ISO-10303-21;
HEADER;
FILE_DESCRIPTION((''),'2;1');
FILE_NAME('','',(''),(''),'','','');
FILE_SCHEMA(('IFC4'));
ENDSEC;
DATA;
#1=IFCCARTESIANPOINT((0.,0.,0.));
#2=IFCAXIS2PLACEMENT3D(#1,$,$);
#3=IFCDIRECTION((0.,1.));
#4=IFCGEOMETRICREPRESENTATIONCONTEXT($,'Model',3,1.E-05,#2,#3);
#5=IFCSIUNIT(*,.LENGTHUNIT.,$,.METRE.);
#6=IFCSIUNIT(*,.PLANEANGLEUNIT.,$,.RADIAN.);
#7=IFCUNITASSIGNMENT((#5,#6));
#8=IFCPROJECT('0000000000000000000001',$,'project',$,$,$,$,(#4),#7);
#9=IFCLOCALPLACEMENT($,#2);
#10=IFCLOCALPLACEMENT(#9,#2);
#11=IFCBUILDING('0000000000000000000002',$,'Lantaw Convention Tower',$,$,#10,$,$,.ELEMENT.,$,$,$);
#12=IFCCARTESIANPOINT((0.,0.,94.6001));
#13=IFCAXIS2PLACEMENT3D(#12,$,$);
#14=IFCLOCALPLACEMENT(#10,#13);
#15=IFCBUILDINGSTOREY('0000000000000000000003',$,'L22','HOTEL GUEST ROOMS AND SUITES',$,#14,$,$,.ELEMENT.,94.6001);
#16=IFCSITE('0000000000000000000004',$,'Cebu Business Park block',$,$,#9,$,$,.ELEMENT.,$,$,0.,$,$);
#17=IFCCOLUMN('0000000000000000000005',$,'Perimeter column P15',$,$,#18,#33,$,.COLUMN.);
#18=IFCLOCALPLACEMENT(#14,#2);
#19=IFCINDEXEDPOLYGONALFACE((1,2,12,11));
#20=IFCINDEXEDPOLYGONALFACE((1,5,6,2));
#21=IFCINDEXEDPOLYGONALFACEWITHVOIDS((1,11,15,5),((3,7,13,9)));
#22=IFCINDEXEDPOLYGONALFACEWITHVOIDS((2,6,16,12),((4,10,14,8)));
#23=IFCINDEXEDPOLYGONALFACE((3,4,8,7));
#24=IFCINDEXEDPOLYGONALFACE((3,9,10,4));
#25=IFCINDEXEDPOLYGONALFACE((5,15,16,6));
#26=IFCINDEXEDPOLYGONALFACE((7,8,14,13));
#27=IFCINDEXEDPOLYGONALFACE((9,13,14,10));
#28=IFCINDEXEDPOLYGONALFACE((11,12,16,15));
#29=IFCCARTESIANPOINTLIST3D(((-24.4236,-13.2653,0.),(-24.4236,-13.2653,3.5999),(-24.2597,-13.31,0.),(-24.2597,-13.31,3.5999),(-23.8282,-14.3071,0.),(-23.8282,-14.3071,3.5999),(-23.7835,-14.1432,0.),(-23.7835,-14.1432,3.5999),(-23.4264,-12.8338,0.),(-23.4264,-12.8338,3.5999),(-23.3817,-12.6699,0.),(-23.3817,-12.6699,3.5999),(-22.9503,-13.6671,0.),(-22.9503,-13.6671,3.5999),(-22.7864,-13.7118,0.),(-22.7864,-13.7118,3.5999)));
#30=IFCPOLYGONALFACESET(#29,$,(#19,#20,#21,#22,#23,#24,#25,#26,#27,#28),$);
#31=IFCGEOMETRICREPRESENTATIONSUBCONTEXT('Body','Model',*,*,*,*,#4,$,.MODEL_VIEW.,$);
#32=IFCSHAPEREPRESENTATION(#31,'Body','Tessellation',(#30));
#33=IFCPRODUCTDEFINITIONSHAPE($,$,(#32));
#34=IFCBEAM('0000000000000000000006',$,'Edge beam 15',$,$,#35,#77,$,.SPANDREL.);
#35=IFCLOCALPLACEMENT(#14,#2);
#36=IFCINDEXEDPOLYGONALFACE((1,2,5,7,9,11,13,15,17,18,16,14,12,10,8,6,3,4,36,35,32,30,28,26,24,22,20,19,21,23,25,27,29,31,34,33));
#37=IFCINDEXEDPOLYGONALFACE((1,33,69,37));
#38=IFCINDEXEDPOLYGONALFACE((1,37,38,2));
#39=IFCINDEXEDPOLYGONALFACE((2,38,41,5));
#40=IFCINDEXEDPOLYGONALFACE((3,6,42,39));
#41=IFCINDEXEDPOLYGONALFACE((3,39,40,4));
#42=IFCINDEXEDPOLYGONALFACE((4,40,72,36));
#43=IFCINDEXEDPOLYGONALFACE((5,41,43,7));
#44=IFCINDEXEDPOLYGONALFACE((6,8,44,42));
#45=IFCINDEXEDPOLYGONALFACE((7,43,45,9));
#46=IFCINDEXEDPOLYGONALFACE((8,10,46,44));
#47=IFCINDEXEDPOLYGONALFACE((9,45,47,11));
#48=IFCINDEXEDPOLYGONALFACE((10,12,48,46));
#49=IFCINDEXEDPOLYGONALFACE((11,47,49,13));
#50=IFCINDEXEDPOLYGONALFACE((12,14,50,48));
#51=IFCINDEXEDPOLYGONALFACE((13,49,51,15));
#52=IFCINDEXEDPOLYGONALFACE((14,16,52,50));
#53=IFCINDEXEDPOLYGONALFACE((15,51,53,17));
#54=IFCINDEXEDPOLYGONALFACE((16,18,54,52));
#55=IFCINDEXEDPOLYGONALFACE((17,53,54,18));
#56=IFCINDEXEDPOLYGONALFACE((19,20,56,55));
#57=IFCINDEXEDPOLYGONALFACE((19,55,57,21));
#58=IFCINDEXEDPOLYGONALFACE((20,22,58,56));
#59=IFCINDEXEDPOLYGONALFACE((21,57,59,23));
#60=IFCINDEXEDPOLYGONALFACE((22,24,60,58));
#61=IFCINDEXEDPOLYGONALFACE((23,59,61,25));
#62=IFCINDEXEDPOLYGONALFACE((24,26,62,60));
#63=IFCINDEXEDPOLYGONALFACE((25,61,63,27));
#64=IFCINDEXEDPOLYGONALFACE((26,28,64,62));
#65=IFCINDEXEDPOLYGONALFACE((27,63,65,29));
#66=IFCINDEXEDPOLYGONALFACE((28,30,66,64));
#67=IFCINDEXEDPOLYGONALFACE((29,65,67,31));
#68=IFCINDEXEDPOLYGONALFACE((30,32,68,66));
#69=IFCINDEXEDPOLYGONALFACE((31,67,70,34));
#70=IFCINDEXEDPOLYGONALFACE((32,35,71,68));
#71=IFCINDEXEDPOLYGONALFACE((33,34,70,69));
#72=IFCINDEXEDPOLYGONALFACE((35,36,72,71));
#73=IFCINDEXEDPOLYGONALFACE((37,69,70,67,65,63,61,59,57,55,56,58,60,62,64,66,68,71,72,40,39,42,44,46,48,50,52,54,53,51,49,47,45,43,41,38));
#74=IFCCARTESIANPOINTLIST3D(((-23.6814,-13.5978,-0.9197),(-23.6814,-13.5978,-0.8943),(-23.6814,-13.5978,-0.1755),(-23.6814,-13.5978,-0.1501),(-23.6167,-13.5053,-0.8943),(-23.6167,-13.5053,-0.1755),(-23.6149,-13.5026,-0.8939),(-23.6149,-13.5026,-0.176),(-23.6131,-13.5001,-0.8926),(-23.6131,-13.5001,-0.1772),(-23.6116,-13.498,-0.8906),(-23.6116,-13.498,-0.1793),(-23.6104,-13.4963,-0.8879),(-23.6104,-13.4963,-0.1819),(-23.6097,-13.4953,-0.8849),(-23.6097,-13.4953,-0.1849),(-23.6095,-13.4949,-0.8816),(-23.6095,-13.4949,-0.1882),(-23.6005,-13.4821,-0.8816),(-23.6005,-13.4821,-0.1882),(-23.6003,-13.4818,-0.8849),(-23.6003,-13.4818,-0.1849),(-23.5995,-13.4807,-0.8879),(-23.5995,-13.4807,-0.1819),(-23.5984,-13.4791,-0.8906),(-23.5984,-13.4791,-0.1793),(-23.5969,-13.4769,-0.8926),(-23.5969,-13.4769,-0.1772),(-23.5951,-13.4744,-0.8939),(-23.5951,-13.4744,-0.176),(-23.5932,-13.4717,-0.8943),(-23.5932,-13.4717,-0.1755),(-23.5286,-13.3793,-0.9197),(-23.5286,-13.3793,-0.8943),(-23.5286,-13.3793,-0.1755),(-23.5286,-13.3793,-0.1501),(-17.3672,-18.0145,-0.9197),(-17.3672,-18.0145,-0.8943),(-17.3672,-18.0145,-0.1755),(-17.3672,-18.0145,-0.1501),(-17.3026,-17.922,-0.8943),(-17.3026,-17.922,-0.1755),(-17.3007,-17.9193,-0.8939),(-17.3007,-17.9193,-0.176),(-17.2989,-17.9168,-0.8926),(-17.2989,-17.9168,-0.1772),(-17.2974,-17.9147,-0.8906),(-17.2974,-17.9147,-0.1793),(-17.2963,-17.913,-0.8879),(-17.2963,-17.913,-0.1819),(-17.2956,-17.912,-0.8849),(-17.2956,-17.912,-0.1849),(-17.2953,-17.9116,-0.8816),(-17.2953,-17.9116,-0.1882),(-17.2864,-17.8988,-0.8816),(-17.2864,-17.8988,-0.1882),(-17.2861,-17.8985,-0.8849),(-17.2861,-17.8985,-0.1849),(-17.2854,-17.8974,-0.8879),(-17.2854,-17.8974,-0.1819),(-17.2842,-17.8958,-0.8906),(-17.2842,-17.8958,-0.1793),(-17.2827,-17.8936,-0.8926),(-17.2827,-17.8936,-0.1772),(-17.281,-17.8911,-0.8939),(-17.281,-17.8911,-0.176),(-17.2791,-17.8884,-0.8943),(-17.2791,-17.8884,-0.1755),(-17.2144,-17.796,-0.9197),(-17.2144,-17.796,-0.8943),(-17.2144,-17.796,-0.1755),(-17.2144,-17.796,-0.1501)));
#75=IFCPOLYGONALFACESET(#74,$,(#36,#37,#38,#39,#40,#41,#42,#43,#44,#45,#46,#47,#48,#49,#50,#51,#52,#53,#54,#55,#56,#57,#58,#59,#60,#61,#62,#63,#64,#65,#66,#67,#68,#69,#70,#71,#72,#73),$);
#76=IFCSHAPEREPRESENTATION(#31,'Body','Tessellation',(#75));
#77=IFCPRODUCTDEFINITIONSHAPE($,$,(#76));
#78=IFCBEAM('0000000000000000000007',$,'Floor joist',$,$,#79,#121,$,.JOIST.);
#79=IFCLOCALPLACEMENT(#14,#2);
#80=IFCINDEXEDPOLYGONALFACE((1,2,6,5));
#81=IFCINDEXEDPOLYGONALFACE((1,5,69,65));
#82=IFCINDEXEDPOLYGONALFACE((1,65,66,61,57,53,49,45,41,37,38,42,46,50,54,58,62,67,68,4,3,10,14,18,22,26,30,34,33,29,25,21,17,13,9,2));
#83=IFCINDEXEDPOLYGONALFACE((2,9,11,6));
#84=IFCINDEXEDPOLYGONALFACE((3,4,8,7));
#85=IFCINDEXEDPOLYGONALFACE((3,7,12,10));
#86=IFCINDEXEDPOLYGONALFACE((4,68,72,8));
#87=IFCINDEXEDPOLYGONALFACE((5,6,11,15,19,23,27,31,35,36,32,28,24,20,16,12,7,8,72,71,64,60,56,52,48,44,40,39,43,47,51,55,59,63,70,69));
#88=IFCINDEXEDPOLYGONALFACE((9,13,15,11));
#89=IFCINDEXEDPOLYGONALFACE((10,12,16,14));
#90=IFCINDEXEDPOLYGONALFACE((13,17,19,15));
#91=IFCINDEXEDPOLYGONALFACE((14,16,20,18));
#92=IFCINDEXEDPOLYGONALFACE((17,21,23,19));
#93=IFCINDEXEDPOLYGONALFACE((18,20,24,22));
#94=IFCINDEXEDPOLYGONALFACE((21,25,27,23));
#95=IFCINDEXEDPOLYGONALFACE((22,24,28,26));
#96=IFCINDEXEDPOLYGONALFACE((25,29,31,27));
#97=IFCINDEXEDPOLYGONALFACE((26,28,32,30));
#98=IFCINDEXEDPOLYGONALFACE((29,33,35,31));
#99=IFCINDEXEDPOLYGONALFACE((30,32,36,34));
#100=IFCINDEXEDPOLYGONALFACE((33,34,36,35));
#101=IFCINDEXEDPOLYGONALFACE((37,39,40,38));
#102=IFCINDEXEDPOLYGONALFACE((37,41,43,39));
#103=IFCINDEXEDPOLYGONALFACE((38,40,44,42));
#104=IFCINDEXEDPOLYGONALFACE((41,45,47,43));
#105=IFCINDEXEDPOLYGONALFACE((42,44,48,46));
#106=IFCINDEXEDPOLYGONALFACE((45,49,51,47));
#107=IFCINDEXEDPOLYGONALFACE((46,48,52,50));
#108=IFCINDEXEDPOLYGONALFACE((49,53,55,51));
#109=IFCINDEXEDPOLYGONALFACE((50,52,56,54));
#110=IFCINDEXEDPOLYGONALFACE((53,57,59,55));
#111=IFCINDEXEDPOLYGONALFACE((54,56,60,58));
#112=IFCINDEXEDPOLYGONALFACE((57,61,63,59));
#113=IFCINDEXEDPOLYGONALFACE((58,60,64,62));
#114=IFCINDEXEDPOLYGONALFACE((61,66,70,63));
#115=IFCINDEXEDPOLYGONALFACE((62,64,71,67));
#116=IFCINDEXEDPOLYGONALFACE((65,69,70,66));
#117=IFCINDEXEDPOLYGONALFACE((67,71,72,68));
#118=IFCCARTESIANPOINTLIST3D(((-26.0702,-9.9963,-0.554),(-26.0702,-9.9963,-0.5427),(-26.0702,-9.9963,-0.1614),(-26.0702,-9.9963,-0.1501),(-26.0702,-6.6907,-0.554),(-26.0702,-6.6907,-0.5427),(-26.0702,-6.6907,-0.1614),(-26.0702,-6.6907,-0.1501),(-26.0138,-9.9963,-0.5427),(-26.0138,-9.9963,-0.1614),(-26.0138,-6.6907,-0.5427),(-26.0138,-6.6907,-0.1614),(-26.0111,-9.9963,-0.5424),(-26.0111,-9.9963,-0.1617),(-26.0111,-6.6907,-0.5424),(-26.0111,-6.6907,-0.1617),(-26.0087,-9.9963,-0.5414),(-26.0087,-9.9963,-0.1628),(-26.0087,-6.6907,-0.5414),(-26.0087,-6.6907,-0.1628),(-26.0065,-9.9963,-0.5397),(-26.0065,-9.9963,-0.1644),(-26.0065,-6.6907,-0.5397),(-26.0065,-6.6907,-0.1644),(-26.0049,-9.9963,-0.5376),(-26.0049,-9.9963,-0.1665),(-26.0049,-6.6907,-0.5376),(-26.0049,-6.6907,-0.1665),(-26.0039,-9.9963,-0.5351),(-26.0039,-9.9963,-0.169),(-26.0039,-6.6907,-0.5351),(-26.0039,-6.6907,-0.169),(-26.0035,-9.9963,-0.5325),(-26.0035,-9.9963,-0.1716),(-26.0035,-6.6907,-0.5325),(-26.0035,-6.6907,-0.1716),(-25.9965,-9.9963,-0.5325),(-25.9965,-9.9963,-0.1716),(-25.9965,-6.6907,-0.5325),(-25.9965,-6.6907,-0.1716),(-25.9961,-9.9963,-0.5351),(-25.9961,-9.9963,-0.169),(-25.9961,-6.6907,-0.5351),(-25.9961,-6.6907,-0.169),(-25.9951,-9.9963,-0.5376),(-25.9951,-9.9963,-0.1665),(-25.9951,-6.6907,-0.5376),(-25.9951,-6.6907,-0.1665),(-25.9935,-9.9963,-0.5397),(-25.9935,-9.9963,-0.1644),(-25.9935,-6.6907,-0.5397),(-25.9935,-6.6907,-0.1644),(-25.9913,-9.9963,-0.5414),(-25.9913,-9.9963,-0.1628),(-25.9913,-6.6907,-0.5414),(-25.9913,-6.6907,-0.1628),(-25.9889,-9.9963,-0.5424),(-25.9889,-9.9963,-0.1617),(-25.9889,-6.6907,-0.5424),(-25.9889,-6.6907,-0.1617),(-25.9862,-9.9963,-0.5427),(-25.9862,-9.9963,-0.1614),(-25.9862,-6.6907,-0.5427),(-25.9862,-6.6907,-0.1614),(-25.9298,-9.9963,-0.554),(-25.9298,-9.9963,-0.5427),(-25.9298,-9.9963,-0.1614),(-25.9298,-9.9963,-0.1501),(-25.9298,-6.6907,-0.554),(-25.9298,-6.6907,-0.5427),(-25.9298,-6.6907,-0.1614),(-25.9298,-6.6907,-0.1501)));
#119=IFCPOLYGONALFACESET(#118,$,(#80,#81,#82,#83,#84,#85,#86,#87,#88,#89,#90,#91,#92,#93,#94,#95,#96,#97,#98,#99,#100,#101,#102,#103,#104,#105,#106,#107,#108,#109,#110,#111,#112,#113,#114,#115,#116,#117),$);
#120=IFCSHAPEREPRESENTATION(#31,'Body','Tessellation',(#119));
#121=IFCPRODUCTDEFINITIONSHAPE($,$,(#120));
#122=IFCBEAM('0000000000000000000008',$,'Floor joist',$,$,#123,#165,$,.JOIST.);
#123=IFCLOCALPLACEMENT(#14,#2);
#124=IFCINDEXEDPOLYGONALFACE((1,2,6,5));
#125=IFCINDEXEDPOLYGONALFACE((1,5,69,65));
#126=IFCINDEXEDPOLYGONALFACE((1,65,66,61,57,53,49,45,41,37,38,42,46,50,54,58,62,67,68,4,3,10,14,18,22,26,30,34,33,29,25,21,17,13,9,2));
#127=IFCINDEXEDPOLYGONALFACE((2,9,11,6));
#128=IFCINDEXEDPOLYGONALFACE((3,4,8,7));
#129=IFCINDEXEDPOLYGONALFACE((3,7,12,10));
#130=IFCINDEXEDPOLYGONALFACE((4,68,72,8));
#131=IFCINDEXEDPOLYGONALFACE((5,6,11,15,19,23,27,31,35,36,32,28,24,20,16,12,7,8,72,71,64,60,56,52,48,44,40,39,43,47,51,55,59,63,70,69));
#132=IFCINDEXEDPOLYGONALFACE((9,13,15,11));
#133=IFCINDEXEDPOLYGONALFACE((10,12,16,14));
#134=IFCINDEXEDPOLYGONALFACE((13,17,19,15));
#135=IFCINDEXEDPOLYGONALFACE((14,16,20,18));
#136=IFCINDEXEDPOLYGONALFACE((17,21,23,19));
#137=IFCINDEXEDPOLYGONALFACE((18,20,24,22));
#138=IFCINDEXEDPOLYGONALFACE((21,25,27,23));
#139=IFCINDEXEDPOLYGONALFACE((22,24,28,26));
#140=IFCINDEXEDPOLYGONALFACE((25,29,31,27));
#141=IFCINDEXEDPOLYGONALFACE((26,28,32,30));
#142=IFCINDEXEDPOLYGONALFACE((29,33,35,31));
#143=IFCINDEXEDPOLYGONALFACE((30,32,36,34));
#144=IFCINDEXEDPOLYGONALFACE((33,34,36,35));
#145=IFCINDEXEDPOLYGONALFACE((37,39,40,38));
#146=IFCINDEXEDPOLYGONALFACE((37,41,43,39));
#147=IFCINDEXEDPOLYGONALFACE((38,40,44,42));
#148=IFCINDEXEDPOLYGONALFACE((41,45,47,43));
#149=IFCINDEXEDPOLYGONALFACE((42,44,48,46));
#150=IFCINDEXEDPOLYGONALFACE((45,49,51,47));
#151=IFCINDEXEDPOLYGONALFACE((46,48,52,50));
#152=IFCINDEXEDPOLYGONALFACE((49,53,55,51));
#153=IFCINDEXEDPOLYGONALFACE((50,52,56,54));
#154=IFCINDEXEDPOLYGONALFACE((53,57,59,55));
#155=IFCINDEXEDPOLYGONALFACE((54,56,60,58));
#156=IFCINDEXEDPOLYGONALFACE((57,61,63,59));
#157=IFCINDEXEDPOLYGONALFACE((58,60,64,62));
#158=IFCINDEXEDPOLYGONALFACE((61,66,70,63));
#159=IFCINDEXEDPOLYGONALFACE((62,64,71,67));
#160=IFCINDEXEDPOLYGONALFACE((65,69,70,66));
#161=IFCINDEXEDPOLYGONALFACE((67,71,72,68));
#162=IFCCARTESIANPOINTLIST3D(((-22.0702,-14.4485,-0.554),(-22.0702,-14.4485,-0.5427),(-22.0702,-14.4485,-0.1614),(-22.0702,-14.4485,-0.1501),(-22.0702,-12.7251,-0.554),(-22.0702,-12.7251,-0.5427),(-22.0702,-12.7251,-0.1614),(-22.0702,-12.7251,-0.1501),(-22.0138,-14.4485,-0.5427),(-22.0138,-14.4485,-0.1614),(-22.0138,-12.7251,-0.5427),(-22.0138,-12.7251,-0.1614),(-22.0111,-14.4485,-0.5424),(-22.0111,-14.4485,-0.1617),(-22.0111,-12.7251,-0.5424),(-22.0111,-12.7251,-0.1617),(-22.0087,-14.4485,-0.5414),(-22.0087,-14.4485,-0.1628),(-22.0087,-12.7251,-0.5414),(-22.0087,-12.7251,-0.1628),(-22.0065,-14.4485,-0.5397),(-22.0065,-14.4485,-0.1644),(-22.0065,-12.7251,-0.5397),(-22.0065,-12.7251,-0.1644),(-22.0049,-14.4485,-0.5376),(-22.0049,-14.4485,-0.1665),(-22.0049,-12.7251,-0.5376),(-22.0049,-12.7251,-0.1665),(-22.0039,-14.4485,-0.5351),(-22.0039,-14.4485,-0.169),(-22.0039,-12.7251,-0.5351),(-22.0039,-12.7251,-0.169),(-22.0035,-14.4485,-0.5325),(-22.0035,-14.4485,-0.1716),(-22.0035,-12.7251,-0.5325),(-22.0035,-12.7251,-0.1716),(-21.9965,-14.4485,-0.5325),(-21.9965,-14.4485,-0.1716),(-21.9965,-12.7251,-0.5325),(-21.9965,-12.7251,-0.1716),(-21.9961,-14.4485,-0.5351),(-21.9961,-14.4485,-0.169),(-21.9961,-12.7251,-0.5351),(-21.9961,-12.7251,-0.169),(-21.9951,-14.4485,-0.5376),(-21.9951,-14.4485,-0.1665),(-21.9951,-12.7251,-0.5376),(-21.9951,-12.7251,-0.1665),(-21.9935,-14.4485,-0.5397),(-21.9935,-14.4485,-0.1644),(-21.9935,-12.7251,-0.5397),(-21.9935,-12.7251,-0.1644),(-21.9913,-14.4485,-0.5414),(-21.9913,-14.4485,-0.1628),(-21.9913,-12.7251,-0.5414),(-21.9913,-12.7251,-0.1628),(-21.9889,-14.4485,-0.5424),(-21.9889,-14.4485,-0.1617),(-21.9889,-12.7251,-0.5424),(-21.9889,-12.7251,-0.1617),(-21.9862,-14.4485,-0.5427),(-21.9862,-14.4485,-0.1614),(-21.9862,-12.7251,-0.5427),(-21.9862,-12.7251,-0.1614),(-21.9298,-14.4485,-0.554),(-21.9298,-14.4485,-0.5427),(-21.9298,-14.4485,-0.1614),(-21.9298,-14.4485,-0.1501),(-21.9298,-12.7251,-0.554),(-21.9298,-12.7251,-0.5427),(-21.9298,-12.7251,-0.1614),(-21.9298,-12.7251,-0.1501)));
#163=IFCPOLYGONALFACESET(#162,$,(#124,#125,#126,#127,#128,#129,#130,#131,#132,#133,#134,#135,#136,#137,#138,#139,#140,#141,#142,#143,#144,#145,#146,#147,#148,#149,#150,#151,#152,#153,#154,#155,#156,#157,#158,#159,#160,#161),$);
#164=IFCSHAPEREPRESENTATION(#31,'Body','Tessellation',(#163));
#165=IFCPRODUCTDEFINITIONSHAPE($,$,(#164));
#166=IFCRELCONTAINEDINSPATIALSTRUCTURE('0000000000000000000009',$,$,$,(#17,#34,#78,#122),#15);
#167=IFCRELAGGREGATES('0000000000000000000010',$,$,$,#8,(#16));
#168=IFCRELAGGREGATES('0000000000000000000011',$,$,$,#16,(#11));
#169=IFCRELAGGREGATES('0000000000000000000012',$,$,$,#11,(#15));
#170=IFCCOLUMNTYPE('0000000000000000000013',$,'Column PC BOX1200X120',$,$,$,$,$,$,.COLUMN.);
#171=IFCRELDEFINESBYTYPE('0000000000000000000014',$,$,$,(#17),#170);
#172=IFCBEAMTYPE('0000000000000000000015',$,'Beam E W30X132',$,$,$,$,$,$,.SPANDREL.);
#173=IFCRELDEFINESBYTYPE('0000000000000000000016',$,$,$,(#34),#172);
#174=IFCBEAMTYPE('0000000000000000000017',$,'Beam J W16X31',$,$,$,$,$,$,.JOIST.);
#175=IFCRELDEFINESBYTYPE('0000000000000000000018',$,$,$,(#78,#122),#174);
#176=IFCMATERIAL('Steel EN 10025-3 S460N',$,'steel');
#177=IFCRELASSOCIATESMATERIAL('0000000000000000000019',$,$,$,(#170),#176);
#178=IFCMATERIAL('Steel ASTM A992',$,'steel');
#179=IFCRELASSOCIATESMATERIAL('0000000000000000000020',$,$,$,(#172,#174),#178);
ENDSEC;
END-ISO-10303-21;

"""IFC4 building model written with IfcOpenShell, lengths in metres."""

from ifc_helpers import new_model, si_unit, direction, frame, origin, origin_2d, place, context, subcontext, project, spatial, rectangle, hollow_rectangle, i_section, extrude, material, material_profile, profile_set, type_object, element, save


model = new_model("IFC4")

# Units and contexts
model_context = context("Model", 3, precision=1e-05, world=origin(), true_north=direction((0.0, 1.0)))
body_context = subcontext(model_context, "Body", "Model", "MODEL_VIEW")
ifc_project = project(units=[si_unit("LENGTHUNIT", "METRE"), si_unit("PLANEANGLEUNIT", "RADIAN")], contexts=[model_context])

# Site, building, storey
site_placement = place(None, origin())
site = spatial("IfcSite", under=ifc_project, at=site_placement, Name="Cebu Business Park block", CompositionType="ELEMENT", RefElevation=0.0)
building_placement = place(site_placement, origin())
building = spatial("IfcBuilding", under=site, at=building_placement, Name="Lantaw Convention Tower", CompositionType="ELEMENT")
storey_placement = place(building_placement, frame((0.0, 0.0, 94.6001)))
storey = spatial("IfcBuildingStorey", under=building, at=storey_placement, Name="L22", Description="HOTEL GUEST ROOMS AND SUITES", CompositionType="ELEMENT", Elevation=94.6001)

# Column
ifc_material_1 = material(Name="Steel EN 10025-3 S460N", Category="steel")
ifc_material_profile_1 = material_profile(ifc_material_1, hollow_rectangle(XDim=1.2, YDim=1.2, WallThickness=0.1201, at=origin_2d()), Name="BOX1200X120")
ifc_material_2 = material(Name="Concrete C60/75", Category="concrete")
ifc_material_profile_2 = material_profile(ifc_material_2, rectangle(XDim=0.96, YDim=0.96, at=origin_2d()), Name="Concrete fill of BOX1200X120")
ifc_profile_set_1 = profile_set([ifc_material_profile_1, ifc_material_profile_2], Name="Steel EN 10025-3 S460N")
column_type = type_object("IfcColumnType", Name="Column PC BOX1200X120", PredefinedType="COLUMN", material=ifc_profile_set_1)
column_placement = place(storey_placement, frame((-23.605, -13.4885, 0.0), z_axis=(0.0, 0.0, 1.0), x_axis=(0.868243, 0.496139, 0.0)))
element("IfcColumn", 1, at=column_placement, inside=storey, type_object=column_type, Name="Perimeter column P15", PredefinedType="COLUMN", context=body_context, shape_type="SweptSolid", body=[
    extrude(hollow_rectangle(XDim=1.2, YDim=1.2, WallThickness=0.1201, at=origin_2d()), origin(), (0.0, 0.0, 1.0), 3.5999),
])

# Beams
ifc_material_3 = material(Name="Steel ASTM A992", Category="steel")
ifc_material_profile_3 = material_profile(ifc_material_3, i_section(OverallWidth=0.2666, OverallDepth=0.7695, WebThickness=0.0156, FlangeThickness=0.0254, FilletRadius=0.0127, at=origin_2d()), Name="W30X132")
ifc_profile_set_2 = profile_set([ifc_material_profile_3], Name="Steel ASTM A992")
beam_type_1 = type_object("IfcBeamType", Name="Beam E W30X132", PredefinedType="SPANDREL", material=ifc_profile_set_2)
beam_1_placement = place(storey_placement, frame((-23.605, -13.4885, -0.5349), z_axis=(0.819427, -0.573184, 0.0), x_axis=(0.573184, 0.819427, 0.0)))
element("IfcBeam", 2, at=beam_1_placement, inside=storey, type_object=beam_type_1, Name="Edge beam 15", PredefinedType="SPANDREL", context=body_context, shape_type="SweptSolid", body=[
    extrude(i_section(OverallWidth=0.2666, OverallDepth=0.7695, WebThickness=0.0156, FlangeThickness=0.0254, FilletRadius=0.0127, at=origin_2d()), origin(), (0.0, 0.0, 1.0), 7.7056),
])
ifc_material_profile_4 = material_profile(ifc_material_3, i_section(OverallWidth=0.1404, OverallDepth=0.4038, WebThickness=0.0071, FlangeThickness=0.0112, FilletRadius=0.0103, at=origin_2d()), Name="W16X31")
ifc_profile_set_3 = profile_set([ifc_material_profile_4], Name="Steel ASTM A992")
beam_type_2 = type_object("IfcBeamType", Name="Beam J W16X31", PredefinedType="JOIST", material=ifc_profile_set_3)
beam_2_placement = place(storey_placement, frame((-26.0, -9.9963, -0.3521), z_axis=(0.0, 1.0, 0.0), x_axis=(-1.0, 0.0, 0.0)))
element("IfcBeam", 3, at=beam_2_placement, inside=storey, type_object=beam_type_2, Name="Floor joist", PredefinedType="JOIST", context=body_context, shape_type="SweptSolid", body=[
    extrude(i_section(OverallWidth=0.1404, OverallDepth=0.4038, WebThickness=0.0071, FlangeThickness=0.0112, FilletRadius=0.0103, at=origin_2d()), origin(), (0.0, 0.0, 1.0), 3.3057),
])
beam_3_placement = place(storey_placement, frame((-22.0, -14.4485, -0.3521), z_axis=(0.0, 1.0, 0.0), x_axis=(-1.0, 0.0, 0.0)))
element("IfcBeam", 4, at=beam_3_placement, inside=storey, type_object=beam_type_2, Name="Floor joist", PredefinedType="JOIST", context=body_context, shape_type="SweptSolid", body=[
    extrude(i_section(OverallWidth=0.1404, OverallDepth=0.4038, WebThickness=0.0071, FlangeThickness=0.0112, FilletRadius=0.0103, at=origin_2d()), origin(), (0.0, 0.0, 1.0), 1.7234),
])

save(model, "model.ifc")
